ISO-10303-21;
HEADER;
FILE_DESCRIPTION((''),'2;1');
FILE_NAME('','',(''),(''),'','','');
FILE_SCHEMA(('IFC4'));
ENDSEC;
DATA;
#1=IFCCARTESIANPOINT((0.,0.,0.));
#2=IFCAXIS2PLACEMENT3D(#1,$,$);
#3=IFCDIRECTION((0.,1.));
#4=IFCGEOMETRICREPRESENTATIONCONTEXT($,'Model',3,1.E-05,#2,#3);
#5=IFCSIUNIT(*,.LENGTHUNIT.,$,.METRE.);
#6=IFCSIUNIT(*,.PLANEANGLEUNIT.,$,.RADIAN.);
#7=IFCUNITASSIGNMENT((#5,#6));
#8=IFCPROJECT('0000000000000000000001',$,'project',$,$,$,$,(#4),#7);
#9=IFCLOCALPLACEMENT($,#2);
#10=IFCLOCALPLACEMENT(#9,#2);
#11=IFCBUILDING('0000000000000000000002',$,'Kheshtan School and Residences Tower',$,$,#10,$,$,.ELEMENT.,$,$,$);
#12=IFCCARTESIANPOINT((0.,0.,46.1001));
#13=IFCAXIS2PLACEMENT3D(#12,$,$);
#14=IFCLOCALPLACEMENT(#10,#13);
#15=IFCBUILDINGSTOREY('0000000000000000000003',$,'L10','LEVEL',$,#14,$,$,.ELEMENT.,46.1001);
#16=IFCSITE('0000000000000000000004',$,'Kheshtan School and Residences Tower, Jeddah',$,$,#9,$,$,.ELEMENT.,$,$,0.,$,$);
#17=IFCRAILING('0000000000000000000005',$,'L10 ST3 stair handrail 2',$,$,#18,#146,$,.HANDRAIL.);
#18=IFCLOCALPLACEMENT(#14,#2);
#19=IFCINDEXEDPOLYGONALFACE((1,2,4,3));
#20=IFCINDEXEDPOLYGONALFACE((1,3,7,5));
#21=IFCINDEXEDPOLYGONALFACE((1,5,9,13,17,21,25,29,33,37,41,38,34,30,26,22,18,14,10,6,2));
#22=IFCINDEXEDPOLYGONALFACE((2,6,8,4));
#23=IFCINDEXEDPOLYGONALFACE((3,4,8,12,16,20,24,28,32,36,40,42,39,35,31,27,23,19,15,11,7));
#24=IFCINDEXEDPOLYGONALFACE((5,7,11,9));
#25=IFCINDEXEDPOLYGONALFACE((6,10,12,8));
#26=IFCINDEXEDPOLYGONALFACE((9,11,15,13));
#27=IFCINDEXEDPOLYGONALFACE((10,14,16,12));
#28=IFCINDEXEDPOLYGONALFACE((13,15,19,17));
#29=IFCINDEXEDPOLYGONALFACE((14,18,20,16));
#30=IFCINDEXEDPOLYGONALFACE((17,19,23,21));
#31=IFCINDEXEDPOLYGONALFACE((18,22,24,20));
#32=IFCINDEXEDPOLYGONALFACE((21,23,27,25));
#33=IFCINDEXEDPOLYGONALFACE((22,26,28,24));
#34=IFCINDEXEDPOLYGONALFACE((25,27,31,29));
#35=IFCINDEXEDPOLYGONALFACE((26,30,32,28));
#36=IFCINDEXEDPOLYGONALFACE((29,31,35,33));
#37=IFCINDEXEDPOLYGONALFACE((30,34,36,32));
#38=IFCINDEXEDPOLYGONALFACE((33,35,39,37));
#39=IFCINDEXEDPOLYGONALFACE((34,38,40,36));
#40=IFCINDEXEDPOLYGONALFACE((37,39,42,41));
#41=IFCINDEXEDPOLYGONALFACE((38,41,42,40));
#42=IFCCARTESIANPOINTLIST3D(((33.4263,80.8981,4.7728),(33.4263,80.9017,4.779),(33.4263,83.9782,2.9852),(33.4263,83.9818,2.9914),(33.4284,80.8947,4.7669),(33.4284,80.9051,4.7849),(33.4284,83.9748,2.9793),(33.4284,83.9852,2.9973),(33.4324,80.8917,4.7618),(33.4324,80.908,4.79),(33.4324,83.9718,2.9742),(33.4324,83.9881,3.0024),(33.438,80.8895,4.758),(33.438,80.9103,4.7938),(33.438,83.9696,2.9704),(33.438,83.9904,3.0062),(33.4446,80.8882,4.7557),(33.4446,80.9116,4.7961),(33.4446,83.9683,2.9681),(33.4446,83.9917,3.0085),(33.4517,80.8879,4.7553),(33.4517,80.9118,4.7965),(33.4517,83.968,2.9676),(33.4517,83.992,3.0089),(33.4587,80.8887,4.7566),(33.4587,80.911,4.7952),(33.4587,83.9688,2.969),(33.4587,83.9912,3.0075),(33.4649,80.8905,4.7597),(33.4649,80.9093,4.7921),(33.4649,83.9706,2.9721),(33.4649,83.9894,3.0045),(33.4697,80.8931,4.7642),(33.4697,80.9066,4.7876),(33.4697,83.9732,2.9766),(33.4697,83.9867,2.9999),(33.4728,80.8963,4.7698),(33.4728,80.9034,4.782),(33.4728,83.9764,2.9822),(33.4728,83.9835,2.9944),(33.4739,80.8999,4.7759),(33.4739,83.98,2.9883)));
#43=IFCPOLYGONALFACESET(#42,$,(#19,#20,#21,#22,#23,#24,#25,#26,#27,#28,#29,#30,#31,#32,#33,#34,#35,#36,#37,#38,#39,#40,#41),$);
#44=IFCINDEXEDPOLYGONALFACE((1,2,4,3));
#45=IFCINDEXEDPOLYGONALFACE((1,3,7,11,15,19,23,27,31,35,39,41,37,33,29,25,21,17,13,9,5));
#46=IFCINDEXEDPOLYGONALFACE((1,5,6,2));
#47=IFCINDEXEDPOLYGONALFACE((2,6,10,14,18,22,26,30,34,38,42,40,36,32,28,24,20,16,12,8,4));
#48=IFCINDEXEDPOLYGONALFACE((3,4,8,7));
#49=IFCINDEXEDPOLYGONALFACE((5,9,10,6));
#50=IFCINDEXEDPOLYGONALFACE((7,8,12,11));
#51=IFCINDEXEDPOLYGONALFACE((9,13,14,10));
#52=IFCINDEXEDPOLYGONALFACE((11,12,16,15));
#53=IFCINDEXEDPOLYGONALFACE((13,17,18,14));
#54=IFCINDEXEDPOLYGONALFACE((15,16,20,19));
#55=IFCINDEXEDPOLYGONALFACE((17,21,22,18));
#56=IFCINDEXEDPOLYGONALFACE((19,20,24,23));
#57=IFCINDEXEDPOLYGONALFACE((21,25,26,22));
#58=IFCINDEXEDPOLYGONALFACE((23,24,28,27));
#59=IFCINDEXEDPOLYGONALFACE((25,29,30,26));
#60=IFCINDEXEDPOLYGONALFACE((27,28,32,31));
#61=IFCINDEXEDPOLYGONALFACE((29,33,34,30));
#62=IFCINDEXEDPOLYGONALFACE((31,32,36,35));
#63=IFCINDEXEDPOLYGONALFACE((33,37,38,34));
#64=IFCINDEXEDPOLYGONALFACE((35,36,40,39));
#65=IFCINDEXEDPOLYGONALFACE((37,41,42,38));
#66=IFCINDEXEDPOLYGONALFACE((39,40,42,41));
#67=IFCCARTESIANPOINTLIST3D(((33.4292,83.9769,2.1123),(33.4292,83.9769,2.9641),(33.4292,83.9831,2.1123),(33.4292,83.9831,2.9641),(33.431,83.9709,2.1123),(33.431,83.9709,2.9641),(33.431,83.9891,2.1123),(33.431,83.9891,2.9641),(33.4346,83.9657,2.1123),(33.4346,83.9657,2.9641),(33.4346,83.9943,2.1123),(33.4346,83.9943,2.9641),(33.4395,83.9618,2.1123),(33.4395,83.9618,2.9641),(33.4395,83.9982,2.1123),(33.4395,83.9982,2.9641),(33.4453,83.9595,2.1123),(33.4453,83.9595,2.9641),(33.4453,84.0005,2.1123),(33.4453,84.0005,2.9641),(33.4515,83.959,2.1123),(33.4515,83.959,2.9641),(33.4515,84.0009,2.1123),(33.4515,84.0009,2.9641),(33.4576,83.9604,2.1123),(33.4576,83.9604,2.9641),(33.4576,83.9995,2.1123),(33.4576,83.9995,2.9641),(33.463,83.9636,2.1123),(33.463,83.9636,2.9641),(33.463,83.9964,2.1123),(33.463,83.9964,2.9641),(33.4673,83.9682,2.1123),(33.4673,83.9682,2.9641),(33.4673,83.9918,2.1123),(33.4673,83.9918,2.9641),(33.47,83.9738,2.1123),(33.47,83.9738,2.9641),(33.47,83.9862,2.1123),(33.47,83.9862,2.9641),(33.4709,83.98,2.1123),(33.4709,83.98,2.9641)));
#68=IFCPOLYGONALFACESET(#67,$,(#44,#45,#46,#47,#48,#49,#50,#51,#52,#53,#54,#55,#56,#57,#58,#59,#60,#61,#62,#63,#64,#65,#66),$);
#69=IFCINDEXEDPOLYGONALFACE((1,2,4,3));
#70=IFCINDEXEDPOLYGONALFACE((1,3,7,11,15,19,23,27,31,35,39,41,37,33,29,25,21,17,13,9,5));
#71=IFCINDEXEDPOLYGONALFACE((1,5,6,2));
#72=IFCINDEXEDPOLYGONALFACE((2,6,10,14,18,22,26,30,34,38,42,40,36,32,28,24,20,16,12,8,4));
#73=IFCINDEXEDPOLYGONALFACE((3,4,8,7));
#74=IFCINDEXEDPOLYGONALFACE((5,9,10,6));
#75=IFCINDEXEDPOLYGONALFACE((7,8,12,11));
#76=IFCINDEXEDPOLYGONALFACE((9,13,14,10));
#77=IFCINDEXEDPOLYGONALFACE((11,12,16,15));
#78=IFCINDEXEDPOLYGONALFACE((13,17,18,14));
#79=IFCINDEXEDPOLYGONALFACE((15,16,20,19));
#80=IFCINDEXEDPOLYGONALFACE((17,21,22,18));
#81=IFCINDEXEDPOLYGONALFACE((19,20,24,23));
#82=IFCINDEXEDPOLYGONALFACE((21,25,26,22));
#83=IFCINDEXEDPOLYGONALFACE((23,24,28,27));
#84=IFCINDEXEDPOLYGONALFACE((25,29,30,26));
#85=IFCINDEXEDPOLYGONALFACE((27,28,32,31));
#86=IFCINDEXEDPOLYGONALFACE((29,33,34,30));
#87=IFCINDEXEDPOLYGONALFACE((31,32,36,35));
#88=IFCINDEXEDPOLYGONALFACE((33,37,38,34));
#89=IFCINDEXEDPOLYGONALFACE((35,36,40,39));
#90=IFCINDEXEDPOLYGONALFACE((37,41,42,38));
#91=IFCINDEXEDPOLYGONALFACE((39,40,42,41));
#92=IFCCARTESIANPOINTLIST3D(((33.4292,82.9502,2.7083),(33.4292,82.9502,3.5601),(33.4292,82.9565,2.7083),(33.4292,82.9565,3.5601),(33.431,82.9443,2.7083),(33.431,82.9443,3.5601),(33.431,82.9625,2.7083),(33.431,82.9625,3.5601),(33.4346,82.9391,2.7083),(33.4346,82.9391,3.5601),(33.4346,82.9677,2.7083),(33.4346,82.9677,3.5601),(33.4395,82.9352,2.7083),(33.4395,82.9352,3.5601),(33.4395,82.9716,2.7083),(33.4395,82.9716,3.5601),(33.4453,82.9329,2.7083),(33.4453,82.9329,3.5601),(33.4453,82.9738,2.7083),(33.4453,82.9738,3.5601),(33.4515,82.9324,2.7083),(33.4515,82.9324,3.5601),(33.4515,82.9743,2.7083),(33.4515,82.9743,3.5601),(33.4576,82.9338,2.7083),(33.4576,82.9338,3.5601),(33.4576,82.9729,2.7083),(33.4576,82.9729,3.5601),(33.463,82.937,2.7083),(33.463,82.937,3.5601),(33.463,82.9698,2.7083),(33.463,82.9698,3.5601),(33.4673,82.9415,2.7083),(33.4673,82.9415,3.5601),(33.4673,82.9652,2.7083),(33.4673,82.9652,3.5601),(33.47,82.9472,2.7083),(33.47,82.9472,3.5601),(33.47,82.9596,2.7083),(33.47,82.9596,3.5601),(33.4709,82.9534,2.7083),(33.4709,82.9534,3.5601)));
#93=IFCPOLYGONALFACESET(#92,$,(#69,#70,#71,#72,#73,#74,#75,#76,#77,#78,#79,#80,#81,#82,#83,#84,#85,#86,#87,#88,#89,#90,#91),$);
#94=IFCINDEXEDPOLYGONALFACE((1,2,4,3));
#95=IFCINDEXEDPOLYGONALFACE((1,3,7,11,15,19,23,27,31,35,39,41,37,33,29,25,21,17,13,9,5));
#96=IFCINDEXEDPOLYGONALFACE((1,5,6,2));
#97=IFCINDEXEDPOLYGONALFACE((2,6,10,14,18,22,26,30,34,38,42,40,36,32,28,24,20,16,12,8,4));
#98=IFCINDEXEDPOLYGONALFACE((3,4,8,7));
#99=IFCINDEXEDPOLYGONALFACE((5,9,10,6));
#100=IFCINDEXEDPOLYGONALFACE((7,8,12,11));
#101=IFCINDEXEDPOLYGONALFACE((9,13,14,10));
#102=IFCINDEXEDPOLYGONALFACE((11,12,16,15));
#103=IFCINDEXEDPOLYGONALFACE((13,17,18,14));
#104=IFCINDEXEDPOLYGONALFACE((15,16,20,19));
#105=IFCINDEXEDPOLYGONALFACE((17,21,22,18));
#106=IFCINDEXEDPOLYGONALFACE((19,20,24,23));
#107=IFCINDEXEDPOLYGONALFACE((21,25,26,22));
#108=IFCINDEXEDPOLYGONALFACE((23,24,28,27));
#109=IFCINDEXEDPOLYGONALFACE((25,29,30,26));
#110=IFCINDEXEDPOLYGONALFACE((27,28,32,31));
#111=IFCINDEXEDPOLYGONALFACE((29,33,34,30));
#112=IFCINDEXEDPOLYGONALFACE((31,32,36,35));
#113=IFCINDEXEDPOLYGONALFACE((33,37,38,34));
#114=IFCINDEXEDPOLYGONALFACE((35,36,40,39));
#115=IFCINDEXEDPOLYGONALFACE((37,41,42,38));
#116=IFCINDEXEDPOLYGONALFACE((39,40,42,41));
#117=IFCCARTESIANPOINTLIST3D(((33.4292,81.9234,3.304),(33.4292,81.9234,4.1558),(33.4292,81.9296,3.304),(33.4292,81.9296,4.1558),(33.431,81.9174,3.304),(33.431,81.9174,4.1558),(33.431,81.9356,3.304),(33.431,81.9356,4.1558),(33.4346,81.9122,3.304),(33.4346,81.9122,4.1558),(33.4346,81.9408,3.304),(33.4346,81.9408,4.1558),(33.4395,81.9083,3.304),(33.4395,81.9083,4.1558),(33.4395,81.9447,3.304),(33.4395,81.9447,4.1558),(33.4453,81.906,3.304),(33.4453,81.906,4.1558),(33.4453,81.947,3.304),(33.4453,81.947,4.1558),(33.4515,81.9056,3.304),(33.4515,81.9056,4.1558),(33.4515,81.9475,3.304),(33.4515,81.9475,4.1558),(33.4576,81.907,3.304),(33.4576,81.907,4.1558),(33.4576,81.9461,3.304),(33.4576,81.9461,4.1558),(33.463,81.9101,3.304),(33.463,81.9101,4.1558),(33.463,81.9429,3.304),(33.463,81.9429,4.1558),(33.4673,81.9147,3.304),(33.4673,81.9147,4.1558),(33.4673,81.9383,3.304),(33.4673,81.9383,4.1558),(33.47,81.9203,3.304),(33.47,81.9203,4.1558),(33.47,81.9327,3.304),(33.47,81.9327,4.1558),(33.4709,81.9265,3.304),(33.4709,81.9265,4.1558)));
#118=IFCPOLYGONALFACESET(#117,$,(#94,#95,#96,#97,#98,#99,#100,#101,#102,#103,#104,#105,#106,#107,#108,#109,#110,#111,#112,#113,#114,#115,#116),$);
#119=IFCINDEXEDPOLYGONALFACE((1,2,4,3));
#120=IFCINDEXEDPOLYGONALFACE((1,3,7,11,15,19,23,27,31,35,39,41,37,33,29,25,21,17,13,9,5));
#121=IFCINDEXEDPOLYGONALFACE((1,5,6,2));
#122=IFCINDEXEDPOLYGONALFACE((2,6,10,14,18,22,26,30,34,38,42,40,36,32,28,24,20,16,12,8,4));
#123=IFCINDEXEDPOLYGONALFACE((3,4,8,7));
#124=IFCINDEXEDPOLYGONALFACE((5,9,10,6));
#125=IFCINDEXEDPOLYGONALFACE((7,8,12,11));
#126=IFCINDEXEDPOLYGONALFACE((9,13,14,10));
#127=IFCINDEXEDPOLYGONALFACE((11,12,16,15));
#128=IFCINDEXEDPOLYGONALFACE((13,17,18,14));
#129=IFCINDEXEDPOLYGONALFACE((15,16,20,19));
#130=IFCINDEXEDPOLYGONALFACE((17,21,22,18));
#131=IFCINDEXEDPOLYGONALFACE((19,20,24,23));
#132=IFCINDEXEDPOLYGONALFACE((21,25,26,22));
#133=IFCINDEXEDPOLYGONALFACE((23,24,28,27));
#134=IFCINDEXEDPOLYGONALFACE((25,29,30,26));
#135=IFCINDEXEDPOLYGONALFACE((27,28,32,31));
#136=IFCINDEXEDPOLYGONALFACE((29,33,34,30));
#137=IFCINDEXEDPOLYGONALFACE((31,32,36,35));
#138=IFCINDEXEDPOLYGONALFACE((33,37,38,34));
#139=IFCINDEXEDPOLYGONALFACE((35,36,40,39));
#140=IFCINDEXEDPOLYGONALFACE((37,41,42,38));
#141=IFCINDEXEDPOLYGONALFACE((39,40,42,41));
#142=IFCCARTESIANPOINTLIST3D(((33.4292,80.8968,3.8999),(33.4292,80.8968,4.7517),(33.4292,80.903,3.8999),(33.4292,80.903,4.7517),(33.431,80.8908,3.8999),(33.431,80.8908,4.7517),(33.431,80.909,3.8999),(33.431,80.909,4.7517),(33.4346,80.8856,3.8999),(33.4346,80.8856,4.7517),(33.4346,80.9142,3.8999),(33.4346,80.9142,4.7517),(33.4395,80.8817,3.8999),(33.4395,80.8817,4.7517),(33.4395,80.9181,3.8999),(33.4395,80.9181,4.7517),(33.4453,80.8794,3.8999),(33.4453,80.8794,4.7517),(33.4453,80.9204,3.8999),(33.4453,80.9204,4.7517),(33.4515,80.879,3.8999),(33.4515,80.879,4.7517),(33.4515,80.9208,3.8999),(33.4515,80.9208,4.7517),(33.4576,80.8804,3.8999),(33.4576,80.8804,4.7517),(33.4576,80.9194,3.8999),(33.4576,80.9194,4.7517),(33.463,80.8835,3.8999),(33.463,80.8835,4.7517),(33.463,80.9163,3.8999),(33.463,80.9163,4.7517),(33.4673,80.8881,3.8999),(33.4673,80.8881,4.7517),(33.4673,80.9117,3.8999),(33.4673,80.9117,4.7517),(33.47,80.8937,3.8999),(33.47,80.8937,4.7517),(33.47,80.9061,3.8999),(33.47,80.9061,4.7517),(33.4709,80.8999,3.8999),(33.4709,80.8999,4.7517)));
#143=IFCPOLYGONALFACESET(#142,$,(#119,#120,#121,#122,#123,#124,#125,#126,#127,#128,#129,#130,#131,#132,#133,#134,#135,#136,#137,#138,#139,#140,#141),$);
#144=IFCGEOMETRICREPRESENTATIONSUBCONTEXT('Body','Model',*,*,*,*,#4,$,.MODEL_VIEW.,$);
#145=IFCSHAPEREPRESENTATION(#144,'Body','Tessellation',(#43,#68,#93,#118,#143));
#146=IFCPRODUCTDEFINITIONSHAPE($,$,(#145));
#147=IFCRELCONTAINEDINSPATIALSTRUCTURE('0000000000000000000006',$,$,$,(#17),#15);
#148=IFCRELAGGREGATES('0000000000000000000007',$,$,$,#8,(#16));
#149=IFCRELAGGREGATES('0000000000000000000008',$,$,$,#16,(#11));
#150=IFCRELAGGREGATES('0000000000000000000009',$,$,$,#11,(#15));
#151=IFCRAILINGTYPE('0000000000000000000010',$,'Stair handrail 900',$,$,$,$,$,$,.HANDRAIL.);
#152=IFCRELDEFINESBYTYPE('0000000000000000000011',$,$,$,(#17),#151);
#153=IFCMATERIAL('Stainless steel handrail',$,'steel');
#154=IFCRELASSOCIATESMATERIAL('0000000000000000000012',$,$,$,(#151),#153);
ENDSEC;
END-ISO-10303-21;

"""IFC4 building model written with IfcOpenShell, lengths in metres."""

from ifc_helpers import new_model, si_unit, direction, frame, origin, origin_2d, place, context, subcontext, project, spatial, circle, extrude, material, type_object, element, save


model = new_model("IFC4")

# Units and contexts
model_context = context("Model", 3, precision=1e-05, world=origin(), true_north=direction((0.0, 1.0)))
body_context = subcontext(model_context, "Body", "Model", "MODEL_VIEW")
ifc_project = project(units=[si_unit("LENGTHUNIT", "METRE"), si_unit("PLANEANGLEUNIT", "RADIAN")], contexts=[model_context])

# Site, building, storey
site_placement = place(None, origin())
site = spatial("IfcSite", under=ifc_project, at=site_placement, Name="Kheshtan School and Residences Tower, Jeddah", CompositionType="ELEMENT", RefElevation=0.0)
building_placement = place(site_placement, origin())
building = spatial("IfcBuilding", under=site, at=building_placement, Name="Kheshtan School and Residences Tower", CompositionType="ELEMENT")
storey_placement = place(building_placement, frame((0.0, 0.0, 46.1001)))
storey = spatial("IfcBuildingStorey", under=building, at=storey_placement, Name="L10", Description="LEVEL", CompositionType="ELEMENT", Elevation=46.1001)

# Railing
ifc_material_1 = material(Name="Stainless steel handrail", Category="steel")
railing_type_1 = type_object("IfcRailingType", Name="Stair handrail 900", PredefinedType="HANDRAIL", material=ifc_material_1)
railing_1_placement = place(storey_placement, frame((33.45, 83.98, 2.1123)))
element("IfcRailing", 1, at=railing_1_placement, inside=storey, type_object=railing_type_1, Name="L10 ST3 stair handrail 2", PredefinedType="HANDRAIL", context=body_context, shape_type="SweptSolid", body=[
    extrude(circle(Radius=0.0239, at=origin_2d()), frame((0.0, 0.0, 0.876), z_axis=(0.0, -0.864891, 0.50196), x_axis=(1.0, 0.0, 0.0)), (0.0, 0.0, 1.0), 3.5613),
    extrude(circle(Radius=0.021, at=origin_2d()), origin(), (0.0, 0.0, 1.0), 0.8518),
    extrude(circle(Radius=0.021, at=origin_2d()), frame((0.0, -1.0266, 0.5959)), (0.0, 0.0, 1.0), 0.8518),
    extrude(circle(Radius=0.021, at=origin_2d()), frame((0.0, -2.0535, 1.1917)), (0.0, 0.0, 1.0), 0.8518),
    extrude(circle(Radius=0.021, at=origin_2d()), frame((0.0, -3.0801, 1.7876)), (0.0, 0.0, 1.0), 0.8518),
])

save(model, "model.ifc")
